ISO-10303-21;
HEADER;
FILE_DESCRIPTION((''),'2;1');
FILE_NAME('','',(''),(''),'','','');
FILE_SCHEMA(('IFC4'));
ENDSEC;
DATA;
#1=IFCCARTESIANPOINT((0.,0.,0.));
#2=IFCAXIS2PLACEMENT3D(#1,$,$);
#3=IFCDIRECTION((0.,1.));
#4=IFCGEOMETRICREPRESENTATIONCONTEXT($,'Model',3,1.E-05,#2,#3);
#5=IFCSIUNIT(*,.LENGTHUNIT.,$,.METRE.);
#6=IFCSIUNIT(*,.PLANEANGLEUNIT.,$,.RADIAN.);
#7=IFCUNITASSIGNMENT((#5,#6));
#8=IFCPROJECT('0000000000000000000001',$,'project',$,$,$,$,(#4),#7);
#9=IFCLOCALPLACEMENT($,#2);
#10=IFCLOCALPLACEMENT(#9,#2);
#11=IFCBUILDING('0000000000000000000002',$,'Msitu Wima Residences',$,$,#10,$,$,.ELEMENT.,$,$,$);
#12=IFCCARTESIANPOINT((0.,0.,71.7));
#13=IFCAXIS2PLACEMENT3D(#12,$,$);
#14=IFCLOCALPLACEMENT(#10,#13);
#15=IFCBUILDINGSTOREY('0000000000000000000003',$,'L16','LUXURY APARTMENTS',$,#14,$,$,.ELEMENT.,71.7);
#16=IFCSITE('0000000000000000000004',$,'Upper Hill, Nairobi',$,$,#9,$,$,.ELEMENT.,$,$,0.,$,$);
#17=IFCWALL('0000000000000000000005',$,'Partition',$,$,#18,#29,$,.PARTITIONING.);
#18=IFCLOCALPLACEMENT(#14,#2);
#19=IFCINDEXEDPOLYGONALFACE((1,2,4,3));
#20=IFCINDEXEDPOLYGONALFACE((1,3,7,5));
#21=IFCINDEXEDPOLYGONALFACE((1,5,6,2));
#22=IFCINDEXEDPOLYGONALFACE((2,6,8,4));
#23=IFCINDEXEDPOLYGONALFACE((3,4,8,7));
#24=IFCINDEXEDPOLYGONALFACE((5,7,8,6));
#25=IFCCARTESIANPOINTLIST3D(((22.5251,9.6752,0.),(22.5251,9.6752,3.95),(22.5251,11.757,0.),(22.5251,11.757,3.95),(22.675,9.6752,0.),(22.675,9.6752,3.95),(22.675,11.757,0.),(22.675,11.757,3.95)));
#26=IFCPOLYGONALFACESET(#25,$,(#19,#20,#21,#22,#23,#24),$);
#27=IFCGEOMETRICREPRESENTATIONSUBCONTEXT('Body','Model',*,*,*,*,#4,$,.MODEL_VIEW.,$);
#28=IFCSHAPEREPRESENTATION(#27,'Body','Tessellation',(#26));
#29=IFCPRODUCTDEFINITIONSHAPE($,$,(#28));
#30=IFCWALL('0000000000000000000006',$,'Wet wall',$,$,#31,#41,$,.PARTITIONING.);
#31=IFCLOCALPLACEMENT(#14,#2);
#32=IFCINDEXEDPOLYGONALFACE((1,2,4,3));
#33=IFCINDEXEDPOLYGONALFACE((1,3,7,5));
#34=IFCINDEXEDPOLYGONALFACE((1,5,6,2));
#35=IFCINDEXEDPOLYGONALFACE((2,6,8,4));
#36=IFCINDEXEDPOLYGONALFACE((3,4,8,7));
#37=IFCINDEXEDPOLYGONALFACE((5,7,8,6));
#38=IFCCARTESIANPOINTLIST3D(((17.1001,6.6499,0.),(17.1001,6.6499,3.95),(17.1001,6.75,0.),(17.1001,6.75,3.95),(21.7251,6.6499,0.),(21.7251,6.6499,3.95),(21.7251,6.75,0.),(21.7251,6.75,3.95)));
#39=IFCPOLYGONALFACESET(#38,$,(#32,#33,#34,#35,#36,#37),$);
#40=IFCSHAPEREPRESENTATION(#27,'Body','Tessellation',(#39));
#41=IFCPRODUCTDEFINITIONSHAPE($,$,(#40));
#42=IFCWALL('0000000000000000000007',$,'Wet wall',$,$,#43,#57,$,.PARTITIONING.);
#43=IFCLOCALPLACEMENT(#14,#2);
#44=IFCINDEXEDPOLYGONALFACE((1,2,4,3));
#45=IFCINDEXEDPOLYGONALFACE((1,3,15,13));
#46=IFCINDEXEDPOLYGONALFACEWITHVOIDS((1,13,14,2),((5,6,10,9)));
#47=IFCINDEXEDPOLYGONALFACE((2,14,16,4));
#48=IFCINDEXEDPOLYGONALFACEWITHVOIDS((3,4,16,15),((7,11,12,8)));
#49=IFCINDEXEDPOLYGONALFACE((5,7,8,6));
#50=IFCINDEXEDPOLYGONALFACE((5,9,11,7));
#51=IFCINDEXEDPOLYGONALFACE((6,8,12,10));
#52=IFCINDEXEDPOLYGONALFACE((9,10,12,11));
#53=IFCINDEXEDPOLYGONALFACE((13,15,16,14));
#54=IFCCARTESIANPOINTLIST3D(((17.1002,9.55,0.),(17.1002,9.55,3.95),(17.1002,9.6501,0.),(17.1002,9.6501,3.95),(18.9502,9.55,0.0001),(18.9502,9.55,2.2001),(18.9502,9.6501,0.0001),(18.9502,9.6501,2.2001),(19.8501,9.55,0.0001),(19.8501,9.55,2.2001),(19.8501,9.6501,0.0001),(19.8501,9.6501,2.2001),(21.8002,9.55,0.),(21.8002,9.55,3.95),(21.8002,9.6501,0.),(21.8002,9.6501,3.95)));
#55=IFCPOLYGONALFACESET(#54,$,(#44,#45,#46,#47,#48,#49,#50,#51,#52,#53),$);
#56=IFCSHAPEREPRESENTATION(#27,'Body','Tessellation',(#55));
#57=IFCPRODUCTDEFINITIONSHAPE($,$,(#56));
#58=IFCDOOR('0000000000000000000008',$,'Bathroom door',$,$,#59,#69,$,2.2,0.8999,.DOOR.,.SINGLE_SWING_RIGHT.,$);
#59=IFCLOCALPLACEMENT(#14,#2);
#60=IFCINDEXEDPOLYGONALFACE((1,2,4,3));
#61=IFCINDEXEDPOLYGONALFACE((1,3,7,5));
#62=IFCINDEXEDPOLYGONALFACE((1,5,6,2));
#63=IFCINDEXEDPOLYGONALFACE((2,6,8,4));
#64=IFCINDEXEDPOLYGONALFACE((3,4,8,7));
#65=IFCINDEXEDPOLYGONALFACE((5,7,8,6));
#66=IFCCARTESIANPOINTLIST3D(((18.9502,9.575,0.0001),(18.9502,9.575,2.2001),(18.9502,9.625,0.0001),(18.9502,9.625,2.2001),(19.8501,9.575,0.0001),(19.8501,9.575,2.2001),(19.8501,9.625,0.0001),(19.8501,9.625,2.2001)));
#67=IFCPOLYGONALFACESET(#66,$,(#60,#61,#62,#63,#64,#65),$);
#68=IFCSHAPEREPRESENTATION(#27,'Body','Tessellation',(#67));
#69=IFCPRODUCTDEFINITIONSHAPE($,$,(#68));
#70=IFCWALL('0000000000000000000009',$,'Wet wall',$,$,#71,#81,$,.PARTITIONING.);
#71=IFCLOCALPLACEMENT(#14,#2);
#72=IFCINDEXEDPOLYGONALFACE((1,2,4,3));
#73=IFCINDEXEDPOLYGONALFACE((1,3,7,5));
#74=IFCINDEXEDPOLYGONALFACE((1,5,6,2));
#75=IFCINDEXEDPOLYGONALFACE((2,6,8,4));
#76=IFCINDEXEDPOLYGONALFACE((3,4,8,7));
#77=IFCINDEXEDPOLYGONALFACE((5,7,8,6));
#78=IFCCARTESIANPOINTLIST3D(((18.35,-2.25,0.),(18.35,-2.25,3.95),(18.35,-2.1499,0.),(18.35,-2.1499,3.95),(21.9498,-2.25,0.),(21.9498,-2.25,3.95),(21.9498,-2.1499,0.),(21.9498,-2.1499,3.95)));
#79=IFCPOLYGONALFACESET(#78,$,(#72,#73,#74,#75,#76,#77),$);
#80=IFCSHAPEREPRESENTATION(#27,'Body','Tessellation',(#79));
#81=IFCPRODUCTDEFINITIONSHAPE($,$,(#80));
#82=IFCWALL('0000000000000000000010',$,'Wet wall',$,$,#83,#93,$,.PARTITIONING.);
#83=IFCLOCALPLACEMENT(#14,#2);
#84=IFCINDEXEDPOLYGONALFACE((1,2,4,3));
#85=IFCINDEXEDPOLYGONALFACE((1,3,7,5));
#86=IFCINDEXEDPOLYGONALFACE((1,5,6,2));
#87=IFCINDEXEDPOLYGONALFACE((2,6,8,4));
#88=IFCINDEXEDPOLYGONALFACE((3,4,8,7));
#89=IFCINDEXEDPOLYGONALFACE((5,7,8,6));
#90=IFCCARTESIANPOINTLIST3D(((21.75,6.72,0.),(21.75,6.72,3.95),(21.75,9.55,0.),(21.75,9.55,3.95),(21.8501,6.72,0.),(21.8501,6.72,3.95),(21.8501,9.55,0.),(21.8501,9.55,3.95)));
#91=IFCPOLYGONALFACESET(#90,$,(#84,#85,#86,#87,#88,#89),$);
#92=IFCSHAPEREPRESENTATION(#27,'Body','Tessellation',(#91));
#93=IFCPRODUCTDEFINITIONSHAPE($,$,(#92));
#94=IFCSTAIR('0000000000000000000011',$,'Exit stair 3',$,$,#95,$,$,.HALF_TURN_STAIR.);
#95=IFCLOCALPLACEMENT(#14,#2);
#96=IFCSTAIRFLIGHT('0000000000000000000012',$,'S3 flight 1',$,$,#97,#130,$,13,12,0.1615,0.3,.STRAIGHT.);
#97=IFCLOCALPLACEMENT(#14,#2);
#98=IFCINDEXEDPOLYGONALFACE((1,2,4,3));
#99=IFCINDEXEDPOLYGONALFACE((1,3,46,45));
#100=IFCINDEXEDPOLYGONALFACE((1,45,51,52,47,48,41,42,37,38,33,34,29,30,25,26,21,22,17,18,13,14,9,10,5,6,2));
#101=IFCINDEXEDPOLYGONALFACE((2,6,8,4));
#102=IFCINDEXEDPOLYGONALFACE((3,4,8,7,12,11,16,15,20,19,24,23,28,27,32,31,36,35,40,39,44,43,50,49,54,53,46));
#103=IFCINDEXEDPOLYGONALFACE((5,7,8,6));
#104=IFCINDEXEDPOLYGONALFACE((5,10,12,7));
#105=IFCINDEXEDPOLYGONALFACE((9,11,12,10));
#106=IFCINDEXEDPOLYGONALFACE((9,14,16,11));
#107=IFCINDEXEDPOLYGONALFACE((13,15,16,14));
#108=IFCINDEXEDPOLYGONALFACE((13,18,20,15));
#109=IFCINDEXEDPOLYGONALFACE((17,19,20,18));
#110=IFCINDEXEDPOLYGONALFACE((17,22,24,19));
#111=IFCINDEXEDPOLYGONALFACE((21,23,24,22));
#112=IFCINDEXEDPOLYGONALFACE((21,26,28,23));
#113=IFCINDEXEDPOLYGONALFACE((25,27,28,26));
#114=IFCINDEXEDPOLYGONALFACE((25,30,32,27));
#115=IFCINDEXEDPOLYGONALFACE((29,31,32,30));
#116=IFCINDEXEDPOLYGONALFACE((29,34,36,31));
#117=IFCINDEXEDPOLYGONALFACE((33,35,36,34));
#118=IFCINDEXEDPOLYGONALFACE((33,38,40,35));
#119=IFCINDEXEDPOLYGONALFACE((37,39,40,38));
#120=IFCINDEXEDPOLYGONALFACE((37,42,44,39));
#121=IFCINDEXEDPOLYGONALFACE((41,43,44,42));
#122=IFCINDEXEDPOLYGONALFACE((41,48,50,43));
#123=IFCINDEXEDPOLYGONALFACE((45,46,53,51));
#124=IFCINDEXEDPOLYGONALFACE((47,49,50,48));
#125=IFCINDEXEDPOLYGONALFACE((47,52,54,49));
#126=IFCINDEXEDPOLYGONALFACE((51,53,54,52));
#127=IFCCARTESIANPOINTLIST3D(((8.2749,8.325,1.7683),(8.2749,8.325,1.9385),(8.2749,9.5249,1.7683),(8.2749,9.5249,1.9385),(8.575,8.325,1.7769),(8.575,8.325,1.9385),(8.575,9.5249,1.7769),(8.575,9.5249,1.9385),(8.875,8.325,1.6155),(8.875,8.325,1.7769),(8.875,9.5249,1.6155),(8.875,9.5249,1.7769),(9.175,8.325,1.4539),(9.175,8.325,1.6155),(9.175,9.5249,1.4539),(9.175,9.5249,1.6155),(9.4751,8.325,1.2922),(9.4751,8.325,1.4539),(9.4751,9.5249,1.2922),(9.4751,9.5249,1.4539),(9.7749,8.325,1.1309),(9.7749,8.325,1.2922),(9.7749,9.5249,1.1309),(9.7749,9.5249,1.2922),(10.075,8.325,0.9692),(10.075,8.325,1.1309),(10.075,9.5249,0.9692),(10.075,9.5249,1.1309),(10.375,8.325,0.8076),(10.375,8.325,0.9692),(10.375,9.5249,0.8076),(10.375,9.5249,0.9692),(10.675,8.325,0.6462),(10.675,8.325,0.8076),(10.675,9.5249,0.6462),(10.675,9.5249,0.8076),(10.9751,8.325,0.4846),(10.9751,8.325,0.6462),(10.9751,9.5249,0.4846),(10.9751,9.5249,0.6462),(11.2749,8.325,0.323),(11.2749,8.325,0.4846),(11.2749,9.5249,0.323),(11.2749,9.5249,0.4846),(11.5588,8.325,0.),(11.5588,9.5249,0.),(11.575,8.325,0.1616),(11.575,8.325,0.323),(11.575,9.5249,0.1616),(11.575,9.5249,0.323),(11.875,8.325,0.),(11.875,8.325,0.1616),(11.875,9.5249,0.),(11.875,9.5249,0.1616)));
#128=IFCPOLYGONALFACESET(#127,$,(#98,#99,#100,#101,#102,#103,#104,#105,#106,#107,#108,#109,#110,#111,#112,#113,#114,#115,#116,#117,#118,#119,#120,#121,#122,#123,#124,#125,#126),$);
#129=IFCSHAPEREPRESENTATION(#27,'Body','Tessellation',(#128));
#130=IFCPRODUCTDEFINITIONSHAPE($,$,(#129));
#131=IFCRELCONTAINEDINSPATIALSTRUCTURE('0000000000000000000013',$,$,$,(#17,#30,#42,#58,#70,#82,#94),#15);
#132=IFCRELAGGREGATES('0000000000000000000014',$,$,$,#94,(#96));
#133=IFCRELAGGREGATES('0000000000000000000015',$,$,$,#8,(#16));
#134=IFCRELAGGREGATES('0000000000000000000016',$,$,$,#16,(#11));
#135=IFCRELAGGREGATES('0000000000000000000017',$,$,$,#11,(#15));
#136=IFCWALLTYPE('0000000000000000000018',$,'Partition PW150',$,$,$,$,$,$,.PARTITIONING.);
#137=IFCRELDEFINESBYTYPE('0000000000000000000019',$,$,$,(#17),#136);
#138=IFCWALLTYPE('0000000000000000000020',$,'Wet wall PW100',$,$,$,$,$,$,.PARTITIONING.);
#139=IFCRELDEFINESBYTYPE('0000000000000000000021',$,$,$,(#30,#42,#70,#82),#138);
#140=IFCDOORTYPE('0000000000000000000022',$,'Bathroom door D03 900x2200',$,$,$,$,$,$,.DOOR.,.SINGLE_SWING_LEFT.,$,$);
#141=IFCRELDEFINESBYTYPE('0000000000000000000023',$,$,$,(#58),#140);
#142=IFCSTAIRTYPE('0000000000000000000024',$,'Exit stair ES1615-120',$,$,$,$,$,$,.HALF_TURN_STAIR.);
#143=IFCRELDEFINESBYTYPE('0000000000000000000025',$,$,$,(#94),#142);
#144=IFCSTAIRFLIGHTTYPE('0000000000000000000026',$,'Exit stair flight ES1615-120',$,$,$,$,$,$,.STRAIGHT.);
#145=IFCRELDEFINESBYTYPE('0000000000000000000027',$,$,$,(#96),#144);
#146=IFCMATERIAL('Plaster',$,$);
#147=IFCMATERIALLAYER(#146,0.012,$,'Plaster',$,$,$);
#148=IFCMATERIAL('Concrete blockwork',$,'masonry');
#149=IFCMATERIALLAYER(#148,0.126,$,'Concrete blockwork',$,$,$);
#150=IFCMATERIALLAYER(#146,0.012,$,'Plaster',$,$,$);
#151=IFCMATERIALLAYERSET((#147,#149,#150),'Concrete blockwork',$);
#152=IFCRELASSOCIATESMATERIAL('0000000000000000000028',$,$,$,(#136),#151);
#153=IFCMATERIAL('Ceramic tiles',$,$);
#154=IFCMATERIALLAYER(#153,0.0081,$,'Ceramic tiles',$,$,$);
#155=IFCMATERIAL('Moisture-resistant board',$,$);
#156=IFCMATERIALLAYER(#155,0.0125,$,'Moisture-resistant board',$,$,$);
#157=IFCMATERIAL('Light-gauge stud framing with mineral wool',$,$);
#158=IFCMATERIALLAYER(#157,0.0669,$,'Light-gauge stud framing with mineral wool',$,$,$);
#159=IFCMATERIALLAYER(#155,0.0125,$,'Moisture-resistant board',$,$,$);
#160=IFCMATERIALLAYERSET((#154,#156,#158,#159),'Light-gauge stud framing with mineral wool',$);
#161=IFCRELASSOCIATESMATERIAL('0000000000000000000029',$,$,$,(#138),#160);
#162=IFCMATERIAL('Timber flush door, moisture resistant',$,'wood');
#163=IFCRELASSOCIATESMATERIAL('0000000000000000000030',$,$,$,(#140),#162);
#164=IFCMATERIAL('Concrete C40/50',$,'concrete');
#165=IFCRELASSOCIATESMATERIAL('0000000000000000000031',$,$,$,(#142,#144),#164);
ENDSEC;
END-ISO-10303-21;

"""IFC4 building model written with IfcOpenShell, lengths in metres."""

from ifc_helpers import new_model, si_unit, direction, frame, frame_2d, origin, place, context, subcontext, project, spatial, polyline, rectangle, outline, extrude, material, layer, layer_set, type_object, element, fill, aggregate, save


model = new_model("IFC4")

# Units and contexts
model_context = context("Model", 3, precision=1e-05, world=origin(), true_north=direction((0.0, 1.0)))
body_context = subcontext(model_context, "Body", "Model", "MODEL_VIEW")
ifc_project = project(units=[si_unit("LENGTHUNIT", "METRE"), si_unit("PLANEANGLEUNIT", "RADIAN")], contexts=[model_context])

# Site, building, storey
site_placement = place(None, origin())
site = spatial("IfcSite", under=ifc_project, at=site_placement, Name="Upper Hill, Nairobi", CompositionType="ELEMENT", RefElevation=0.0)
building_placement = place(site_placement, origin())
building = spatial("IfcBuilding", under=site, at=building_placement, Name="Msitu Wima Residences", CompositionType="ELEMENT")
storey_placement = place(building_placement, frame((0.0, 0.0, 71.7)))
storey = spatial("IfcBuildingStorey", under=building, at=storey_placement, Name="L16", Description="LUXURY APARTMENTS", CompositionType="ELEMENT", Elevation=71.7)

# Shared definitions
ifc_material_1 = material(Name="Concrete C40/50", Category="concrete")

# Shared definitions
ifc_material_2 = material(Name="Plaster")
ifc_layer_1 = layer(ifc_material_2, 0.012, Name="Plaster")
ifc_material_3 = material(Name="Concrete blockwork", Category="masonry")
ifc_layer_2 = layer(ifc_material_3, 0.126, Name="Concrete blockwork")
ifc_layer_3 = layer(ifc_material_2, 0.012, Name="Plaster")
ifc_layer_set_1 = layer_set([ifc_layer_1, ifc_layer_2, ifc_layer_3], Name="Concrete blockwork")
wall_type_1 = type_object("IfcWallType", Name="Partition PW150", PredefinedType="PARTITIONING", material=ifc_layer_set_1)

# Walls
wall_1_placement = place(storey_placement, frame((22.6001, 9.675, 0.0), z_axis=(0.0, 0.0, 1.0), x_axis=(0.0, 1.0, 0.0)))
element("IfcWall", 1, at=wall_1_placement, inside=storey, type_object=wall_type_1, Name="Partition", PredefinedType="PARTITIONING", context=body_context, shape_type="SweptSolid", body=[
    extrude(rectangle(XDim=2.0818, YDim=0.1499, at=frame_2d((1.041, 0.0))), origin(), (0.0, 0.0, 1.0), 3.95),
])
ifc_material_4 = material(Name="Ceramic tiles")
ifc_layer_4 = layer(ifc_material_4, 0.0081, Name="Ceramic tiles")
ifc_material_5 = material(Name="Moisture-resistant board")
ifc_layer_5 = layer(ifc_material_5, 0.0125, Name="Moisture-resistant board")
ifc_material_6 = material(Name="Light-gauge stud framing with mineral wool")
ifc_layer_6 = layer(ifc_material_6, 0.0669, Name="Light-gauge stud framing with mineral wool")
ifc_layer_7 = layer(ifc_material_5, 0.0125, Name="Moisture-resistant board")
ifc_layer_set_2 = layer_set([ifc_layer_4, ifc_layer_5, ifc_layer_6, ifc_layer_7], Name="Light-gauge stud framing with mineral wool")
wall_type_2 = type_object("IfcWallType", Name="Wet wall PW100", PredefinedType="PARTITIONING", material=ifc_layer_set_2)
wall_2_placement = place(storey_placement, frame((17.1001, 6.7, 0.0), z_axis=(0.0, 0.0, 1.0), x_axis=(1.0, 0.0, 0.0)))
element("IfcWall", 2, at=wall_2_placement, inside=storey, type_object=wall_type_2, Name="Wet wall", PredefinedType="PARTITIONING", context=body_context, shape_type="SweptSolid", body=[
    extrude(rectangle(XDim=4.625, YDim=0.1001, at=frame_2d((2.3125, 0.0))), origin(), (0.0, 0.0, 1.0), 3.95),
])

# Wall, opening, door
wall_3_placement = place(storey_placement, frame((17.1001, 9.6001, 0.0), z_axis=(0.0, 0.0, 1.0), x_axis=(1.0, 0.0, 0.0)))
wall_3 = element("IfcWall", 3, at=wall_3_placement, inside=storey, type_object=wall_type_2, Name="Wet wall", PredefinedType="PARTITIONING", context=body_context, shape_type="SweptSolid", body=[
    extrude(rectangle(XDim=4.7, YDim=0.1001, at=frame_2d((2.3501, 0.0))), origin(), (0.0, 0.0, 1.0), 3.95),
])
opening_1_placement = place(wall_3_placement, frame((1.8501, 0.0, 0.0)))
opening_1 = element("IfcOpeningElement", 4, at=opening_1_placement, cuts=wall_3, PredefinedType="OPENING", context=body_context, shape_type="SweptSolid", body=[
    extrude(rectangle(XDim=0.8999, YDim=2.2, at=frame_2d((0.45, 1.1001))), frame((0.0, 0.0601, 0.0), z_axis=(0.0, -1.0, 0.0), x_axis=(1.0, 0.0, 0.0)), (0.0, 0.0, 1.0), 0.1201),
])
ifc_material_7 = material(Name="Timber flush door, moisture resistant", Category="wood")
door_type_1 = type_object("IfcDoorType", Name="Bathroom door D03 900x2200", OperationType="SINGLE_SWING_LEFT", PredefinedType="DOOR", material=ifc_material_7)
door_1_placement = place(opening_1_placement, origin())
door_1 = element("IfcDoor", 5, at=door_1_placement, inside=storey, type_object=door_type_1, Name="Bathroom door", OperationType="SINGLE_SWING_RIGHT", OverallHeight=2.2, OverallWidth=0.8999, PredefinedType="DOOR", context=body_context, shape_type="SweptSolid", body=[
    extrude(rectangle(XDim=0.8999, YDim=2.2, at=frame_2d((0.45, 1.1001))), frame((0.0, 0.0249, 0.0), z_axis=(0.0, -1.0, 0.0), x_axis=(1.0, 0.0, 0.0)), (0.0, 0.0, 1.0), 0.05),
])
fill(opening_1, door_1)

# Walls
wall_4_placement = place(storey_placement, frame((18.3501, -2.2, 0.0), z_axis=(0.0, 0.0, 1.0), x_axis=(1.0, 0.0, 0.0)))
element("IfcWall", 6, at=wall_4_placement, inside=storey, type_object=wall_type_2, Name="Wet wall", PredefinedType="PARTITIONING", context=body_context, shape_type="SweptSolid", body=[
    extrude(rectangle(XDim=3.5999, YDim=0.1001, at=frame_2d((1.7998, 0.0))), origin(), (0.0, 0.0, 1.0), 3.95),
])
wall_5_placement = place(storey_placement, frame((21.8, 6.72, 0.0), z_axis=(0.0, 0.0, 1.0), x_axis=(0.0, 1.0, 0.0)))
element("IfcWall", 7, at=wall_5_placement, inside=storey, type_object=wall_type_2, Name="Wet wall", PredefinedType="PARTITIONING", context=body_context, shape_type="SweptSolid", body=[
    extrude(rectangle(XDim=2.8301, YDim=0.1001, at=frame_2d((1.415, 0.0))), origin(), (0.0, 0.0, 1.0), 3.95),
])

# Stair, stair flight
stair_type = type_object("IfcStairType", Name="Exit stair ES1615-120", PredefinedType="HALF_TURN_STAIR", material=ifc_material_1)
stair_placement = place(storey_placement, origin())
stair = element("IfcStair", 8, at=stair_placement, inside=storey, type_object=stair_type, Name="Exit stair 3", PredefinedType="HALF_TURN_STAIR")
stair_flight_type = type_object("IfcStairFlightType", Name="Exit stair flight ES1615-120", PredefinedType="STRAIGHT", material=ifc_material_1)
stair_flight_placement = place(storey_placement, frame((11.875, 8.925, 0.0), z_axis=(0.0, 0.0, 1.0), x_axis=(-1.0, 0.0, 0.0)))
stair_flight = element("IfcStairFlight", 9, at=stair_flight_placement, type_object=stair_flight_type, Name="S3 flight 1", NumberOfRisers=13, NumberOfTreads=12, PredefinedType="STRAIGHT", RiserHeight=0.1615, TreadLength=0.3, context=body_context, shape_type="SweptSolid", body=[
    extrude(outline(polyline([(0.0, 0.0), (0.0, 0.1616), (0.3, 0.1616), (0.3, 0.323), (0.6001, 0.323), (0.6001, 0.4846), (0.8999, 0.4846), (0.8999, 0.6462), (1.2, 0.6462), (1.2, 0.8076), (1.5, 0.8076), (1.5, 0.9692), (1.8, 0.9692), (1.8, 1.1309), (2.1001, 1.1309), (2.1001, 1.2922), (2.3999, 1.2922), (2.3999, 1.4539), (2.7, 1.4539), (2.7, 1.6155), (3.0, 1.6155), (3.0, 1.7769), (3.3, 1.7769), (3.3, 1.9385), (3.6001, 1.9385), (3.6001, 2.1001), (3.6001, 1.7683), (0.3162, 0.0), (0.0, 0.0)])), frame((0.0, 0.6001, 0.0), z_axis=(0.0, -1.0, 0.0), x_axis=(1.0, 0.0, 0.0)), (0.0, 0.0, 1.0), 1.2),
])
aggregate(stair, [stair_flight])

save(model, "model.ifc")
